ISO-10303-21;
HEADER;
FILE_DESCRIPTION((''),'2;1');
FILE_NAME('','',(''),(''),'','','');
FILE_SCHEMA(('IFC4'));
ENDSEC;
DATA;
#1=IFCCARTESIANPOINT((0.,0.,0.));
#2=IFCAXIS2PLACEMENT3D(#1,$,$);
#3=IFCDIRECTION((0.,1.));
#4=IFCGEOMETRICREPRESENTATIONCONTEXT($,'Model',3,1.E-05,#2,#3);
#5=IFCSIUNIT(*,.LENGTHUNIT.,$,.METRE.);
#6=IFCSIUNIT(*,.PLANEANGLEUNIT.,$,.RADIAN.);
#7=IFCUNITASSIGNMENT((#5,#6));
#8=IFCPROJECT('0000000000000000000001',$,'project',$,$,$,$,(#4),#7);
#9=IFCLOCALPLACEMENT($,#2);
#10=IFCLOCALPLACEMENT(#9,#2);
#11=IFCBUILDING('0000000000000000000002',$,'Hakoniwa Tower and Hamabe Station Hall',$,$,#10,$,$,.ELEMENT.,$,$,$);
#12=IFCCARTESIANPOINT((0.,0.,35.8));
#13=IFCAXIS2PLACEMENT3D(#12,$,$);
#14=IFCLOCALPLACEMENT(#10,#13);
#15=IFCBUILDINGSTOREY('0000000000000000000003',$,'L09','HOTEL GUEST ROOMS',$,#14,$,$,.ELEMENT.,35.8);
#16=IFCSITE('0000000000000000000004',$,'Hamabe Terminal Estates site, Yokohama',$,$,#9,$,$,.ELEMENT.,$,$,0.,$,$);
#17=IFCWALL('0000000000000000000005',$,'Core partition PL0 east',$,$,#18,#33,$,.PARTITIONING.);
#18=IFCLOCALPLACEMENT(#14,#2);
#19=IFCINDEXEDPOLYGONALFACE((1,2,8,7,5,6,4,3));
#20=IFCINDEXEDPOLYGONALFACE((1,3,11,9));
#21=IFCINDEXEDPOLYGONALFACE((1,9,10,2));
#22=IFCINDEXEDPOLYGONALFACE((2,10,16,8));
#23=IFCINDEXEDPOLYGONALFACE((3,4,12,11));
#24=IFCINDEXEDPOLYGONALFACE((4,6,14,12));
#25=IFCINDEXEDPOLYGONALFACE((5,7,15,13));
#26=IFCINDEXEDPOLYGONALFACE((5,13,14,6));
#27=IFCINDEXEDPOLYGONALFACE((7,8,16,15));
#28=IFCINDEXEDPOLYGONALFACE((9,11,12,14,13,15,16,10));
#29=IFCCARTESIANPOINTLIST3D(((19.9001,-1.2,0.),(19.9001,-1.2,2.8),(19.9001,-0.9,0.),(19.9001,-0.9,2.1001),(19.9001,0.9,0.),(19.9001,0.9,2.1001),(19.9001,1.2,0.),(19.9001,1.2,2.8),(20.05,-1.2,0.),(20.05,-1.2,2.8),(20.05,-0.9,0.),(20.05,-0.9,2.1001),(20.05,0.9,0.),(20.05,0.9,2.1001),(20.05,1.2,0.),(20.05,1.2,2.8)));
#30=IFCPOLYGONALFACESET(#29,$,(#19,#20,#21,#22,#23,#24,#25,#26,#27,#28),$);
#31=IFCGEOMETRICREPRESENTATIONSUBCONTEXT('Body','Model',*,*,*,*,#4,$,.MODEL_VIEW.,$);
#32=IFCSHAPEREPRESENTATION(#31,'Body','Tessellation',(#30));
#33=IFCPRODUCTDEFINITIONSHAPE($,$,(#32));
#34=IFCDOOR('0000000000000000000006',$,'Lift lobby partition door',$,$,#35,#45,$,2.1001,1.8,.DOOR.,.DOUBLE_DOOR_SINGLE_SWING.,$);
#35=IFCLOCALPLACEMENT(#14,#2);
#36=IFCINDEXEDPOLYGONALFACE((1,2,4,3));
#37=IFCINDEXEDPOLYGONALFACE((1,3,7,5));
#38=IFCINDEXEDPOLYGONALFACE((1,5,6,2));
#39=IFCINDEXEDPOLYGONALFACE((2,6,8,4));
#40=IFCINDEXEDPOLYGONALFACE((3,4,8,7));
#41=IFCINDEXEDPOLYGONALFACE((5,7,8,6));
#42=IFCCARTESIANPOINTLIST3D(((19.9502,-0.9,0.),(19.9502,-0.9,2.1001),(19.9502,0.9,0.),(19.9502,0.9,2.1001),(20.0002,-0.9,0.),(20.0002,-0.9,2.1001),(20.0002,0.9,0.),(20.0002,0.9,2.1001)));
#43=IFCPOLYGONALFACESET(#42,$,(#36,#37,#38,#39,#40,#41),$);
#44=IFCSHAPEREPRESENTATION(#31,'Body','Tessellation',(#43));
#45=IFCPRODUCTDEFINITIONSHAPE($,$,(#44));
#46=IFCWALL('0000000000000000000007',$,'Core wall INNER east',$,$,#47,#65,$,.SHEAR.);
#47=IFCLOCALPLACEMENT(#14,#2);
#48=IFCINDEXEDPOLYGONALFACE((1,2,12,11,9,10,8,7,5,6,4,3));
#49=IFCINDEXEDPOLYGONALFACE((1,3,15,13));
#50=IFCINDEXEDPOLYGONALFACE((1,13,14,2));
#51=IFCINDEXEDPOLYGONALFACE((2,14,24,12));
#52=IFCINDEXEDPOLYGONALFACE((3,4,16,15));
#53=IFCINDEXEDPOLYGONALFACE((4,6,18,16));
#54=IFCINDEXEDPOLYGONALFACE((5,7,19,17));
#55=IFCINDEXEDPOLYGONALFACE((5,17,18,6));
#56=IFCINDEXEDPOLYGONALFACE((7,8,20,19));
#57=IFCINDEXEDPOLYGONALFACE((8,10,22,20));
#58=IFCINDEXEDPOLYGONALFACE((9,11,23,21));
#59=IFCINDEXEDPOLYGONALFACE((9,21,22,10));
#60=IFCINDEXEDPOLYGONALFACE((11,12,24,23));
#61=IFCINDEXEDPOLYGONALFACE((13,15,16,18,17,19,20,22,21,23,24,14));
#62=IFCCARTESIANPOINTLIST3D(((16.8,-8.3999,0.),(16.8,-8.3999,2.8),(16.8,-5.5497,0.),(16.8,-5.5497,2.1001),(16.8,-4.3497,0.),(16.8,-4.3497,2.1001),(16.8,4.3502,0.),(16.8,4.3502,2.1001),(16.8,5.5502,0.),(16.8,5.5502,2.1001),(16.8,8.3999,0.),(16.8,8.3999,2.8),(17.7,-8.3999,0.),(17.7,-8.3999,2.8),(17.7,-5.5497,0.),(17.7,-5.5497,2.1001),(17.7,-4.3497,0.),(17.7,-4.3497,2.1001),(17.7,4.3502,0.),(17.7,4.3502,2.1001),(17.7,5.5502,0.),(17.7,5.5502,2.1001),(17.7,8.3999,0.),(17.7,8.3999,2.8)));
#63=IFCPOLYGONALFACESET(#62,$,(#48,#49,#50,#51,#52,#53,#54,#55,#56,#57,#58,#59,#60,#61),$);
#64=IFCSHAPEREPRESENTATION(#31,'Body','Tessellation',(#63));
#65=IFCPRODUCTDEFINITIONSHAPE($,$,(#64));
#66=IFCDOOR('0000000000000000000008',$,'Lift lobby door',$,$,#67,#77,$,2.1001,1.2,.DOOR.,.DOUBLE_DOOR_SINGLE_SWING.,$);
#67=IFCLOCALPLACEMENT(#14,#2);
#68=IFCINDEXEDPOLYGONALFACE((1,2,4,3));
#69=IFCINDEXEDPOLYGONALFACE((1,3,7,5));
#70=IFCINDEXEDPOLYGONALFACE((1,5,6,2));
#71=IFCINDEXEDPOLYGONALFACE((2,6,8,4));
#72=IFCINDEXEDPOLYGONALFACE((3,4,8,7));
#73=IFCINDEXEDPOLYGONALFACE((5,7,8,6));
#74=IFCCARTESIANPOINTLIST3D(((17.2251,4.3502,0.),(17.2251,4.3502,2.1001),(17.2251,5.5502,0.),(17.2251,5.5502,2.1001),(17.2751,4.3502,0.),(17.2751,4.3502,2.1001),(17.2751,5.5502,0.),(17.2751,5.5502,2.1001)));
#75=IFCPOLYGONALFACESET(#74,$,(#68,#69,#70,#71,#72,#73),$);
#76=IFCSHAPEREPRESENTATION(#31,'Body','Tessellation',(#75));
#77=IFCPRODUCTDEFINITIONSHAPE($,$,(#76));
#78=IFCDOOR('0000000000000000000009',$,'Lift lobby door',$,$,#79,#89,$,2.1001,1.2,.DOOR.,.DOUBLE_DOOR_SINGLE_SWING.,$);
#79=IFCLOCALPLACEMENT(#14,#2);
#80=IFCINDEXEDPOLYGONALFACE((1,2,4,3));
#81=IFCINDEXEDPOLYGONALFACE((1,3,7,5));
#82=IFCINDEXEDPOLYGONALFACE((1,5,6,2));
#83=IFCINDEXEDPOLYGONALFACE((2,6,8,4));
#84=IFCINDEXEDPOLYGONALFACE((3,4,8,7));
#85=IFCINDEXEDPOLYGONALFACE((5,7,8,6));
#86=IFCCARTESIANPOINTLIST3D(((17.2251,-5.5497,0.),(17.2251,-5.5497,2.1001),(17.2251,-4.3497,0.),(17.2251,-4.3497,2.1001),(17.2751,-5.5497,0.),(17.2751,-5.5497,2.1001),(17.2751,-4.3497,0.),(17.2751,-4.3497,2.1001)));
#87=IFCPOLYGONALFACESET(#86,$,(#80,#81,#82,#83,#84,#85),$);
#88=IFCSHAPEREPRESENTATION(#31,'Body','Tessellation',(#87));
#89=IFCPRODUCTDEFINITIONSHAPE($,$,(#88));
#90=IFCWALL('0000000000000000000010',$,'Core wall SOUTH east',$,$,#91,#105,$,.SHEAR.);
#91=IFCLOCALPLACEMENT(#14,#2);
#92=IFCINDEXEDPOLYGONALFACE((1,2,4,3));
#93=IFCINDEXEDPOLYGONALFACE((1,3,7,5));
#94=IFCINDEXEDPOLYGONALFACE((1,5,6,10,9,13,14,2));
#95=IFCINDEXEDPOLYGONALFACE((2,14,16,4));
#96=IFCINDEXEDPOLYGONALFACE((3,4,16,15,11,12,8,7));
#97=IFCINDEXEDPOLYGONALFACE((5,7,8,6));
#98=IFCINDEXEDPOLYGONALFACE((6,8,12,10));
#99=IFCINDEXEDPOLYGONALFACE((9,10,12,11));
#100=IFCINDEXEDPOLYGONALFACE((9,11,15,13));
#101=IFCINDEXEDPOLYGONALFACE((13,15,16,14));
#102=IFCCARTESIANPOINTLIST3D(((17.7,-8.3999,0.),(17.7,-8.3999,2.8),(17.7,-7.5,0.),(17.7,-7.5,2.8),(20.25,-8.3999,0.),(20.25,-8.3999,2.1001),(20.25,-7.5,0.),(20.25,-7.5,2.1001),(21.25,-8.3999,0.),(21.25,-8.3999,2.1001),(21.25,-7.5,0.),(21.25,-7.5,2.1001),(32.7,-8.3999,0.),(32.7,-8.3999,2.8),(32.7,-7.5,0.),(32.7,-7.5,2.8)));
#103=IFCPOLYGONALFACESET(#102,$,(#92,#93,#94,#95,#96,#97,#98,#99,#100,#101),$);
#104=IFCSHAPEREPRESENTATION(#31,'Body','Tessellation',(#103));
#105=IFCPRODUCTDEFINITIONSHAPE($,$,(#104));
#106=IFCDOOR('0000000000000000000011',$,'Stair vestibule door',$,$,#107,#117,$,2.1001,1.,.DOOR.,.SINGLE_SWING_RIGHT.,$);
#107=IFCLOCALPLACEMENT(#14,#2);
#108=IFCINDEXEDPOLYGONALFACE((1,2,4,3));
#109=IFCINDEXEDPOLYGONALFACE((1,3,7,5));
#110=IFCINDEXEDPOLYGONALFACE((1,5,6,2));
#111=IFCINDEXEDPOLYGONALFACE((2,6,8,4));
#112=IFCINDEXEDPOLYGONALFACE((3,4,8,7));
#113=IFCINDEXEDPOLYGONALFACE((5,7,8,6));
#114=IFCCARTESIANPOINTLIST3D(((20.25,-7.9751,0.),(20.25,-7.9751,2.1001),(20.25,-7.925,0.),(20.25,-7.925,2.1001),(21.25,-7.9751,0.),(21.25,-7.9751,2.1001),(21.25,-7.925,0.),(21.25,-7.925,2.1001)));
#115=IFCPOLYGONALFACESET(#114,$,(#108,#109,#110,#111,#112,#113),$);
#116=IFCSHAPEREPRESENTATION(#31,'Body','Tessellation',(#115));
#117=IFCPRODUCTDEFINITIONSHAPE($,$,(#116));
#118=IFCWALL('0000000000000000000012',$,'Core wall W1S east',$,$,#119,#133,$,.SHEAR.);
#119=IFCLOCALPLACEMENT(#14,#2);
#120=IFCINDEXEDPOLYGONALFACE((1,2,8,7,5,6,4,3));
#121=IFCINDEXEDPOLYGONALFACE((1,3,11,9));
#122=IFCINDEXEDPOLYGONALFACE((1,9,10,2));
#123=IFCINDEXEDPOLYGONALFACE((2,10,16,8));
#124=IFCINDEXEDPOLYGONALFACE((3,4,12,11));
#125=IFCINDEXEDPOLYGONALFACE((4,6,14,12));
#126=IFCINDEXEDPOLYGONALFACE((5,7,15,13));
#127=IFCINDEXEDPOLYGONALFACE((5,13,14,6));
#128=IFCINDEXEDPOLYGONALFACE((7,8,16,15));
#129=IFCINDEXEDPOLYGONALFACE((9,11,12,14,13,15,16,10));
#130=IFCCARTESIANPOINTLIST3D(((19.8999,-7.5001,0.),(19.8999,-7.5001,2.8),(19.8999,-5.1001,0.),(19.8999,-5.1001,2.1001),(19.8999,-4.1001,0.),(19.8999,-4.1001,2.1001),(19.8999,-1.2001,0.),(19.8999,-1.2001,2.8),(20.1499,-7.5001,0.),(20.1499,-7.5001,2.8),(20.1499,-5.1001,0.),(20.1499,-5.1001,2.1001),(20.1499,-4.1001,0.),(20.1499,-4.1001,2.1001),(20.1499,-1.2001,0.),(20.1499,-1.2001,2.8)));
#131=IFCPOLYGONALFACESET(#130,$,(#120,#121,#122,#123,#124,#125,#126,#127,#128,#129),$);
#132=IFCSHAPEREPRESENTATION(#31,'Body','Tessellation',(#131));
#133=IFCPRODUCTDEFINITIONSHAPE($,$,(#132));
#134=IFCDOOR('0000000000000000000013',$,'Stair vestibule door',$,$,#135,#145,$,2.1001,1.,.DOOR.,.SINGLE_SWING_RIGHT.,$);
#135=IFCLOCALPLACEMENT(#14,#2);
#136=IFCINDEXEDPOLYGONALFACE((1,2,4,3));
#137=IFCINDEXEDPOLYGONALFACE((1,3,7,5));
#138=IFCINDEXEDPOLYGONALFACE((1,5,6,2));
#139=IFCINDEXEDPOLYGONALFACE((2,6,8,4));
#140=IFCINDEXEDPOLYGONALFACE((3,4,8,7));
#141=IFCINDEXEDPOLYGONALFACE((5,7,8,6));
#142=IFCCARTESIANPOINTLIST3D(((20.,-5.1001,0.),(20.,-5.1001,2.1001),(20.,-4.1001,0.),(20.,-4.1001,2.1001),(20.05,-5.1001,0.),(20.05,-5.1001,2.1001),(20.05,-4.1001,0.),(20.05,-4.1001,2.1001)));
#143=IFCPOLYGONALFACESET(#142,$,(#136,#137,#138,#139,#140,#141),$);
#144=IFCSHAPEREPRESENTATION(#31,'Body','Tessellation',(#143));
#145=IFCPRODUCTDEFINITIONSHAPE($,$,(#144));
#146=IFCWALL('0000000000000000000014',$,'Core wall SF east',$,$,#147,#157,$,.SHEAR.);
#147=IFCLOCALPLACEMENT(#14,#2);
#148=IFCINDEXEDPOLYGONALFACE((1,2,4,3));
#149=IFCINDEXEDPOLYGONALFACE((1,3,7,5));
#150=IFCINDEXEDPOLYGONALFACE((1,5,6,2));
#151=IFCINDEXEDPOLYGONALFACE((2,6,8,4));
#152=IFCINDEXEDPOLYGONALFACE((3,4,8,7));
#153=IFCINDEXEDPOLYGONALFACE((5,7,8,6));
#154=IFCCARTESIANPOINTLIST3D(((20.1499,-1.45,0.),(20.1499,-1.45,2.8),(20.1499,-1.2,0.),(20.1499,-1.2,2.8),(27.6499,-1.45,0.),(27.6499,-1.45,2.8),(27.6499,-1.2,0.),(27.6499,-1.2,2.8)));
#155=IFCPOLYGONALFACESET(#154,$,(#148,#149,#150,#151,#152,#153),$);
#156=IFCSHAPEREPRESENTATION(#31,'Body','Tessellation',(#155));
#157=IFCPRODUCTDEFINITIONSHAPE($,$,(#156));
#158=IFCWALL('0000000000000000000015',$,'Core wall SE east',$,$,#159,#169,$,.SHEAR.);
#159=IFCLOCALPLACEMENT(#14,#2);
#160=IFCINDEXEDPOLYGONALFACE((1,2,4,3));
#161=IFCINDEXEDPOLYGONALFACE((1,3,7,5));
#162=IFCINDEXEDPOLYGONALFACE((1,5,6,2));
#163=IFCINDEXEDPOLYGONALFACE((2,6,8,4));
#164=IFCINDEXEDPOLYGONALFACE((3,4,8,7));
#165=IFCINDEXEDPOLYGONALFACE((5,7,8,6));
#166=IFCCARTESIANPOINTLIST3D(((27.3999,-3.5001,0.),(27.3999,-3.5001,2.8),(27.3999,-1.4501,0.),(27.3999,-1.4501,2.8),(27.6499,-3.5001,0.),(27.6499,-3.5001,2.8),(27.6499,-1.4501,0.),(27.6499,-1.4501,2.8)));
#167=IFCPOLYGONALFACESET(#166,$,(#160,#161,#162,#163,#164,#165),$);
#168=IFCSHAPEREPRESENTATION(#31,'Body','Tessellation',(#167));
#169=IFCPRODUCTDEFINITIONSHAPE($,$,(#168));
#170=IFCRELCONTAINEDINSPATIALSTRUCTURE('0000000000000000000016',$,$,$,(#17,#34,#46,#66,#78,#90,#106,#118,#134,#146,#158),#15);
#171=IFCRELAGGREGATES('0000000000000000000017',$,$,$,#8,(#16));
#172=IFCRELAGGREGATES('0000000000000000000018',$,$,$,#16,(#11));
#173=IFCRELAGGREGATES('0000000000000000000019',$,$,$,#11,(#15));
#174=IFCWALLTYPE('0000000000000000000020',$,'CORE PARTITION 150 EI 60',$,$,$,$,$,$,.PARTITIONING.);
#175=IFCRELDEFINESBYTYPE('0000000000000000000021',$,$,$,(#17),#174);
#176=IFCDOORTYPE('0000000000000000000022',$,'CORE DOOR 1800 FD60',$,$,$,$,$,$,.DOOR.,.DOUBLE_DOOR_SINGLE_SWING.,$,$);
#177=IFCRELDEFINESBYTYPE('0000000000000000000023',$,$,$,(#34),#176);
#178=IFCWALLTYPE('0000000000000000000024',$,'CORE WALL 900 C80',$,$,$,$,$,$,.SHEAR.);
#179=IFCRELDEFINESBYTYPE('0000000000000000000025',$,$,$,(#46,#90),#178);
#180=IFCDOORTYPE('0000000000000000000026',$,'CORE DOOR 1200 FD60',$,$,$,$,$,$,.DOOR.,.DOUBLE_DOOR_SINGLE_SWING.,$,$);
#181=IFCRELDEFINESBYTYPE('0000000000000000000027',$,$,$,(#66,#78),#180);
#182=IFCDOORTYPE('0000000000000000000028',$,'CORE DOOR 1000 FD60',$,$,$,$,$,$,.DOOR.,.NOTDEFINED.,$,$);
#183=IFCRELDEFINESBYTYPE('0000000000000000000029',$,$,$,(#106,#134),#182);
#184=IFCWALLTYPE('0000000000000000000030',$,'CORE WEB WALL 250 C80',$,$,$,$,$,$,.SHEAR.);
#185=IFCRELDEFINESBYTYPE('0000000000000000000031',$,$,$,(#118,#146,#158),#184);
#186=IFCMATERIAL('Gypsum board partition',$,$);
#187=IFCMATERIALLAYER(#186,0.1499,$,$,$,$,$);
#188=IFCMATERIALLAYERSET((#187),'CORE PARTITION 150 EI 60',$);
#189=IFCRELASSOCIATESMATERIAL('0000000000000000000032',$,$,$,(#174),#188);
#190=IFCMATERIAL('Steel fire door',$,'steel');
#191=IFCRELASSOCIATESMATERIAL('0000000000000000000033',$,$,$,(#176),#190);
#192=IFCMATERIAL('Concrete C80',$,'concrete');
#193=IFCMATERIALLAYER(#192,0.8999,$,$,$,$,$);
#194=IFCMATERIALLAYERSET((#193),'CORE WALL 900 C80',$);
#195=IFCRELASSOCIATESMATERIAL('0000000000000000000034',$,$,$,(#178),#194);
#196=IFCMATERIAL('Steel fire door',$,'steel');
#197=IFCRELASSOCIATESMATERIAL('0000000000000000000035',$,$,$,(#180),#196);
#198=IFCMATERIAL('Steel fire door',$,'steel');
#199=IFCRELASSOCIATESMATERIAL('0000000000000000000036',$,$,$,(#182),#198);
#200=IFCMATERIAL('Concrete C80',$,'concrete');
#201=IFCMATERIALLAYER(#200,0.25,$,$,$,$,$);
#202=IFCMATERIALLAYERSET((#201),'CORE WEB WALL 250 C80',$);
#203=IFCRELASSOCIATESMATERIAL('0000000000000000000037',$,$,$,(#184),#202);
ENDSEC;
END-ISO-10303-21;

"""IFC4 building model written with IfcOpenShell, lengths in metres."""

from ifc_helpers import new_model, si_unit, direction, frame, frame_2d, origin, place, context, subcontext, project, spatial, rectangle, extrude, material, layer, layer_set, type_object, element, fill, save


model = new_model("IFC4")

# Units and contexts
model_context = context("Model", 3, precision=1e-05, world=origin(), true_north=direction((0.0, 1.0)))
body_context = subcontext(model_context, "Body", "Model", "MODEL_VIEW")
ifc_project = project(units=[si_unit("LENGTHUNIT", "METRE"), si_unit("PLANEANGLEUNIT", "RADIAN")], contexts=[model_context])

# Site, building, storey
site_placement = place(None, origin())
site = spatial("IfcSite", under=ifc_project, at=site_placement, Name="Hamabe Terminal Estates site, Yokohama", CompositionType="ELEMENT", RefElevation=0.0)
building_placement = place(site_placement, origin())
building = spatial("IfcBuilding", under=site, at=building_placement, Name="Hakoniwa Tower and Hamabe Station Hall", CompositionType="ELEMENT")
storey_placement = place(building_placement, frame((0.0, 0.0, 35.8)))
storey = spatial("IfcBuildingStorey", under=building, at=storey_placement, Name="L09", Description="HOTEL GUEST ROOMS", CompositionType="ELEMENT", Elevation=35.8)

# Wall, opening, door
ifc_material_1 = material(Name="Gypsum board partition")
ifc_layer_1 = layer(ifc_material_1, 0.1499)
ifc_layer_set_1 = layer_set([ifc_layer_1], Name="CORE PARTITION 150 EI 60")
wall_type_1 = type_object("IfcWallType", Name="CORE PARTITION 150 EI 60", PredefinedType="PARTITIONING", material=ifc_layer_set_1)
wall_1_placement = place(storey_placement, frame((19.9751, -1.2, 0.0), z_axis=(0.0, 0.0, 1.0), x_axis=(0.0, 1.0, 0.0)))
wall_1 = element("IfcWall", 1, at=wall_1_placement, inside=storey, type_object=wall_type_1, Name="Core partition PL0 east", PredefinedType="PARTITIONING", context=body_context, shape_type="SweptSolid", body=[
    extrude(rectangle(XDim=2.3999, YDim=0.1499, at=frame_2d((1.2, 0.0))), origin(), (0.0, 0.0, 1.0), 2.8),
])
opening_1_placement = place(wall_1_placement, frame((0.3, 0.0, 0.0)))
opening_1 = element("IfcOpeningElement", 2, at=opening_1_placement, cuts=wall_1, PredefinedType="OPENING", context=body_context, shape_type="SweptSolid", body=[
    extrude(rectangle(XDim=1.8, YDim=2.1001, at=frame_2d((0.8999, 1.05))), frame((0.0, 0.085, 0.0), z_axis=(0.0, -1.0, 0.0), x_axis=(1.0, 0.0, 0.0)), (0.0, 0.0, 1.0), 0.1699),
])
ifc_material_2 = material(Name="Steel fire door", Category="steel")
door_type_1 = type_object("IfcDoorType", Name="CORE DOOR 1800 FD60", OperationType="DOUBLE_DOOR_SINGLE_SWING", PredefinedType="DOOR", material=ifc_material_2)
door_1_placement = place(opening_1_placement, origin())
door_1 = element("IfcDoor", 3, at=door_1_placement, inside=storey, type_object=door_type_1, Name="Lift lobby partition door", OperationType="DOUBLE_DOOR_SINGLE_SWING", OverallHeight=2.1001, OverallWidth=1.8, PredefinedType="DOOR", context=body_context, shape_type="SweptSolid", body=[
    extrude(rectangle(XDim=1.8, YDim=2.1001, at=frame_2d((0.8999, 1.05))), frame((0.0, 0.0249, 0.0), z_axis=(0.0, -1.0, 0.0), x_axis=(1.0, 0.0, 0.0)), (0.0, 0.0, 1.0), 0.05),
])
fill(opening_1, door_1)

# Wall, openings, doors
ifc_material_3 = material(Name="Concrete C80", Category="concrete")
ifc_layer_2 = layer(ifc_material_3, 0.8999)
ifc_layer_set_2 = layer_set([ifc_layer_2], Name="CORE WALL 900 C80")
wall_type_2 = type_object("IfcWallType", Name="CORE WALL 900 C80", PredefinedType="SHEAR", material=ifc_layer_set_2)
wall_2_placement = place(storey_placement, frame((17.25, -8.3999, 0.0), z_axis=(0.0, 0.0, 1.0), x_axis=(0.0, 1.0, 0.0)))
wall_2 = element("IfcWall", 4, at=wall_2_placement, inside=storey, type_object=wall_type_2, Name="Core wall INNER east", PredefinedType="SHEAR", context=body_context, shape_type="SweptSolid", body=[
    extrude(rectangle(XDim=16.7998, YDim=0.8999, at=frame_2d((8.3999, 0.0))), origin(), (0.0, 0.0, 1.0), 2.8),
])
opening_2_placement = place(wall_2_placement, frame((12.75, 0.0, 0.0)))
opening_2 = element("IfcOpeningElement", 5, at=opening_2_placement, cuts=wall_2, PredefinedType="OPENING", context=body_context, shape_type="SweptSolid", body=[
    extrude(rectangle(XDim=1.2, YDim=2.1001, at=frame_2d((0.6001, 1.05))), frame((0.0, 0.46, 0.0), z_axis=(0.0, -1.0, 0.0), x_axis=(1.0, 0.0, 0.0)), (0.0, 0.0, 1.0), 0.9199),
])
opening_3_placement = place(wall_2_placement, frame((2.8501, 0.0, 0.0)))
opening_3 = element("IfcOpeningElement", 6, at=opening_3_placement, cuts=wall_2, PredefinedType="OPENING", context=body_context, shape_type="SweptSolid", body=[
    extrude(rectangle(XDim=1.2, YDim=2.1001, at=frame_2d((0.6001, 1.05))), frame((0.0, 0.46, 0.0), z_axis=(0.0, -1.0, 0.0), x_axis=(1.0, 0.0, 0.0)), (0.0, 0.0, 1.0), 0.9199),
])
ifc_material_4 = material(Name="Steel fire door", Category="steel")
door_type_2 = type_object("IfcDoorType", Name="CORE DOOR 1200 FD60", OperationType="DOUBLE_DOOR_SINGLE_SWING", PredefinedType="DOOR", material=ifc_material_4)
door_2_placement = place(opening_2_placement, origin())
door_2 = element("IfcDoor", 7, at=door_2_placement, inside=storey, type_object=door_type_2, Name="Lift lobby door", OperationType="DOUBLE_DOOR_SINGLE_SWING", OverallHeight=2.1001, OverallWidth=1.2, PredefinedType="DOOR", context=body_context, shape_type="SweptSolid", body=[
    extrude(rectangle(XDim=1.2, YDim=2.1001, at=frame_2d((0.6001, 1.05))), frame((0.0, 0.0249, 0.0), z_axis=(0.0, -1.0, 0.0), x_axis=(1.0, 0.0, 0.0)), (0.0, 0.0, 1.0), 0.05),
])
fill(opening_2, door_2)
door_3_placement = place(opening_3_placement, origin())
door_3 = element("IfcDoor", 8, at=door_3_placement, inside=storey, type_object=door_type_2, Name="Lift lobby door", OperationType="DOUBLE_DOOR_SINGLE_SWING", OverallHeight=2.1001, OverallWidth=1.2, PredefinedType="DOOR", context=body_context, shape_type="SweptSolid", body=[
    extrude(rectangle(XDim=1.2, YDim=2.1001, at=frame_2d((0.6001, 1.05))), frame((0.0, 0.0249, 0.0), z_axis=(0.0, -1.0, 0.0), x_axis=(1.0, 0.0, 0.0)), (0.0, 0.0, 1.0), 0.05),
])
fill(opening_3, door_3)

# Walls, openings, doors
wall_3_placement = place(storey_placement, frame((17.7, -7.95, 0.0), z_axis=(0.0, 0.0, 1.0), x_axis=(1.0, 0.0, 0.0)))
wall_3 = element("IfcWall", 9, at=wall_3_placement, inside=storey, type_object=wall_type_2, Name="Core wall SOUTH east", PredefinedType="SHEAR", context=body_context, shape_type="SweptSolid", body=[
    extrude(rectangle(XDim=15.0, YDim=0.8999, at=frame_2d((7.5, 0.0))), origin(), (0.0, 0.0, 1.0), 2.8),
])
opening_4_placement = place(wall_3_placement, frame((2.55, 0.0, 0.0)))
opening_4 = element("IfcOpeningElement", 10, at=opening_4_placement, cuts=wall_3, PredefinedType="OPENING", context=body_context, shape_type="SweptSolid", body=[
    extrude(rectangle(XDim=1.0, YDim=2.1001, at=frame_2d((0.5, 1.05))), frame((0.0, 0.46, 0.0), z_axis=(0.0, -1.0, 0.0), x_axis=(1.0, 0.0, 0.0)), (0.0, 0.0, 1.0), 0.9199),
])
ifc_material_5 = material(Name="Steel fire door", Category="steel")
door_type_3 = type_object("IfcDoorType", Name="CORE DOOR 1000 FD60", OperationType="NOTDEFINED", PredefinedType="DOOR", material=ifc_material_5)
door_4_placement = place(opening_4_placement, origin())
door_4 = element("IfcDoor", 11, at=door_4_placement, inside=storey, type_object=door_type_3, Name="Stair vestibule door", OperationType="SINGLE_SWING_RIGHT", OverallHeight=2.1001, OverallWidth=1.0, PredefinedType="DOOR", context=body_context, shape_type="SweptSolid", body=[
    extrude(rectangle(XDim=1.0, YDim=2.1001, at=frame_2d((0.5, 1.05))), frame((0.0, 0.0249, 0.0), z_axis=(0.0, -1.0, 0.0), x_axis=(1.0, 0.0, 0.0)), (0.0, 0.0, 1.0), 0.05),
])
fill(opening_4, door_4)
ifc_material_6 = material(Name="Concrete C80", Category="concrete")
ifc_layer_3 = layer(ifc_material_6, 0.25)
ifc_layer_set_3 = layer_set([ifc_layer_3], Name="CORE WEB WALL 250 C80")
wall_type_3 = type_object("IfcWallType", Name="CORE WEB WALL 250 C80", PredefinedType="SHEAR", material=ifc_layer_set_3)
wall_4_placement = place(storey_placement, frame((20.0249, -7.5, 0.0), z_axis=(0.0, 0.0, 1.0), x_axis=(0.0, 1.0, 0.0)))
wall_4 = element("IfcWall", 12, at=wall_4_placement, inside=storey, type_object=wall_type_3, Name="Core wall W1S east", PredefinedType="SHEAR", context=body_context, shape_type="SweptSolid", body=[
    extrude(rectangle(XDim=6.3, YDim=0.25, at=frame_2d((3.1499, 0.0))), origin(), (0.0, 0.0, 1.0), 2.8),
])
opening_5_placement = place(wall_4_placement, frame((2.3999, 0.0, 0.0)))
opening_5 = element("IfcOpeningElement", 13, at=opening_5_placement, cuts=wall_4, PredefinedType="OPENING", context=body_context, shape_type="SweptSolid", body=[
    extrude(rectangle(XDim=1.0, YDim=2.1001, at=frame_2d((0.5, 1.05))), frame((0.0, 0.135, 0.0), z_axis=(0.0, -1.0, 0.0), x_axis=(1.0, 0.0, 0.0)), (0.0, 0.0, 1.0), 0.27),
])
door_5_placement = place(opening_5_placement, origin())
door_5 = element("IfcDoor", 14, at=door_5_placement, inside=storey, type_object=door_type_3, Name="Stair vestibule door", OperationType="SINGLE_SWING_RIGHT", OverallHeight=2.1001, OverallWidth=1.0, PredefinedType="DOOR", context=body_context, shape_type="SweptSolid", body=[
    extrude(rectangle(XDim=1.0, YDim=2.1001, at=frame_2d((0.5, 1.05))), frame((0.0, 0.0249, 0.0), z_axis=(0.0, -1.0, 0.0), x_axis=(1.0, 0.0, 0.0)), (0.0, 0.0, 1.0), 0.05),
])
fill(opening_5, door_5)

# Walls
wall_5_placement = place(storey_placement, frame((20.1499, -1.325, 0.0), z_axis=(0.0, 0.0, 1.0), x_axis=(1.0, 0.0, 0.0)))
element("IfcWall", 15, at=wall_5_placement, inside=storey, type_object=wall_type_3, Name="Core wall SF east", PredefinedType="SHEAR", context=body_context, shape_type="SweptSolid", body=[
    extrude(rectangle(XDim=7.5, YDim=0.25, at=frame_2d((3.75, 0.0))), origin(), (0.0, 0.0, 1.0), 2.8),
])
wall_6_placement = place(storey_placement, frame((27.5249, -3.5, 0.0), z_axis=(0.0, 0.0, 1.0), x_axis=(0.0, 1.0, 0.0)))
element("IfcWall", 16, at=wall_6_placement, inside=storey, type_object=wall_type_3, Name="Core wall SE east", PredefinedType="SHEAR", context=body_context, shape_type="SweptSolid", body=[
    extrude(rectangle(XDim=2.05, YDim=0.25, at=frame_2d((1.0249, 0.0))), origin(), (0.0, 0.0, 1.0), 2.8),
])

save(model, "model.ifc")
